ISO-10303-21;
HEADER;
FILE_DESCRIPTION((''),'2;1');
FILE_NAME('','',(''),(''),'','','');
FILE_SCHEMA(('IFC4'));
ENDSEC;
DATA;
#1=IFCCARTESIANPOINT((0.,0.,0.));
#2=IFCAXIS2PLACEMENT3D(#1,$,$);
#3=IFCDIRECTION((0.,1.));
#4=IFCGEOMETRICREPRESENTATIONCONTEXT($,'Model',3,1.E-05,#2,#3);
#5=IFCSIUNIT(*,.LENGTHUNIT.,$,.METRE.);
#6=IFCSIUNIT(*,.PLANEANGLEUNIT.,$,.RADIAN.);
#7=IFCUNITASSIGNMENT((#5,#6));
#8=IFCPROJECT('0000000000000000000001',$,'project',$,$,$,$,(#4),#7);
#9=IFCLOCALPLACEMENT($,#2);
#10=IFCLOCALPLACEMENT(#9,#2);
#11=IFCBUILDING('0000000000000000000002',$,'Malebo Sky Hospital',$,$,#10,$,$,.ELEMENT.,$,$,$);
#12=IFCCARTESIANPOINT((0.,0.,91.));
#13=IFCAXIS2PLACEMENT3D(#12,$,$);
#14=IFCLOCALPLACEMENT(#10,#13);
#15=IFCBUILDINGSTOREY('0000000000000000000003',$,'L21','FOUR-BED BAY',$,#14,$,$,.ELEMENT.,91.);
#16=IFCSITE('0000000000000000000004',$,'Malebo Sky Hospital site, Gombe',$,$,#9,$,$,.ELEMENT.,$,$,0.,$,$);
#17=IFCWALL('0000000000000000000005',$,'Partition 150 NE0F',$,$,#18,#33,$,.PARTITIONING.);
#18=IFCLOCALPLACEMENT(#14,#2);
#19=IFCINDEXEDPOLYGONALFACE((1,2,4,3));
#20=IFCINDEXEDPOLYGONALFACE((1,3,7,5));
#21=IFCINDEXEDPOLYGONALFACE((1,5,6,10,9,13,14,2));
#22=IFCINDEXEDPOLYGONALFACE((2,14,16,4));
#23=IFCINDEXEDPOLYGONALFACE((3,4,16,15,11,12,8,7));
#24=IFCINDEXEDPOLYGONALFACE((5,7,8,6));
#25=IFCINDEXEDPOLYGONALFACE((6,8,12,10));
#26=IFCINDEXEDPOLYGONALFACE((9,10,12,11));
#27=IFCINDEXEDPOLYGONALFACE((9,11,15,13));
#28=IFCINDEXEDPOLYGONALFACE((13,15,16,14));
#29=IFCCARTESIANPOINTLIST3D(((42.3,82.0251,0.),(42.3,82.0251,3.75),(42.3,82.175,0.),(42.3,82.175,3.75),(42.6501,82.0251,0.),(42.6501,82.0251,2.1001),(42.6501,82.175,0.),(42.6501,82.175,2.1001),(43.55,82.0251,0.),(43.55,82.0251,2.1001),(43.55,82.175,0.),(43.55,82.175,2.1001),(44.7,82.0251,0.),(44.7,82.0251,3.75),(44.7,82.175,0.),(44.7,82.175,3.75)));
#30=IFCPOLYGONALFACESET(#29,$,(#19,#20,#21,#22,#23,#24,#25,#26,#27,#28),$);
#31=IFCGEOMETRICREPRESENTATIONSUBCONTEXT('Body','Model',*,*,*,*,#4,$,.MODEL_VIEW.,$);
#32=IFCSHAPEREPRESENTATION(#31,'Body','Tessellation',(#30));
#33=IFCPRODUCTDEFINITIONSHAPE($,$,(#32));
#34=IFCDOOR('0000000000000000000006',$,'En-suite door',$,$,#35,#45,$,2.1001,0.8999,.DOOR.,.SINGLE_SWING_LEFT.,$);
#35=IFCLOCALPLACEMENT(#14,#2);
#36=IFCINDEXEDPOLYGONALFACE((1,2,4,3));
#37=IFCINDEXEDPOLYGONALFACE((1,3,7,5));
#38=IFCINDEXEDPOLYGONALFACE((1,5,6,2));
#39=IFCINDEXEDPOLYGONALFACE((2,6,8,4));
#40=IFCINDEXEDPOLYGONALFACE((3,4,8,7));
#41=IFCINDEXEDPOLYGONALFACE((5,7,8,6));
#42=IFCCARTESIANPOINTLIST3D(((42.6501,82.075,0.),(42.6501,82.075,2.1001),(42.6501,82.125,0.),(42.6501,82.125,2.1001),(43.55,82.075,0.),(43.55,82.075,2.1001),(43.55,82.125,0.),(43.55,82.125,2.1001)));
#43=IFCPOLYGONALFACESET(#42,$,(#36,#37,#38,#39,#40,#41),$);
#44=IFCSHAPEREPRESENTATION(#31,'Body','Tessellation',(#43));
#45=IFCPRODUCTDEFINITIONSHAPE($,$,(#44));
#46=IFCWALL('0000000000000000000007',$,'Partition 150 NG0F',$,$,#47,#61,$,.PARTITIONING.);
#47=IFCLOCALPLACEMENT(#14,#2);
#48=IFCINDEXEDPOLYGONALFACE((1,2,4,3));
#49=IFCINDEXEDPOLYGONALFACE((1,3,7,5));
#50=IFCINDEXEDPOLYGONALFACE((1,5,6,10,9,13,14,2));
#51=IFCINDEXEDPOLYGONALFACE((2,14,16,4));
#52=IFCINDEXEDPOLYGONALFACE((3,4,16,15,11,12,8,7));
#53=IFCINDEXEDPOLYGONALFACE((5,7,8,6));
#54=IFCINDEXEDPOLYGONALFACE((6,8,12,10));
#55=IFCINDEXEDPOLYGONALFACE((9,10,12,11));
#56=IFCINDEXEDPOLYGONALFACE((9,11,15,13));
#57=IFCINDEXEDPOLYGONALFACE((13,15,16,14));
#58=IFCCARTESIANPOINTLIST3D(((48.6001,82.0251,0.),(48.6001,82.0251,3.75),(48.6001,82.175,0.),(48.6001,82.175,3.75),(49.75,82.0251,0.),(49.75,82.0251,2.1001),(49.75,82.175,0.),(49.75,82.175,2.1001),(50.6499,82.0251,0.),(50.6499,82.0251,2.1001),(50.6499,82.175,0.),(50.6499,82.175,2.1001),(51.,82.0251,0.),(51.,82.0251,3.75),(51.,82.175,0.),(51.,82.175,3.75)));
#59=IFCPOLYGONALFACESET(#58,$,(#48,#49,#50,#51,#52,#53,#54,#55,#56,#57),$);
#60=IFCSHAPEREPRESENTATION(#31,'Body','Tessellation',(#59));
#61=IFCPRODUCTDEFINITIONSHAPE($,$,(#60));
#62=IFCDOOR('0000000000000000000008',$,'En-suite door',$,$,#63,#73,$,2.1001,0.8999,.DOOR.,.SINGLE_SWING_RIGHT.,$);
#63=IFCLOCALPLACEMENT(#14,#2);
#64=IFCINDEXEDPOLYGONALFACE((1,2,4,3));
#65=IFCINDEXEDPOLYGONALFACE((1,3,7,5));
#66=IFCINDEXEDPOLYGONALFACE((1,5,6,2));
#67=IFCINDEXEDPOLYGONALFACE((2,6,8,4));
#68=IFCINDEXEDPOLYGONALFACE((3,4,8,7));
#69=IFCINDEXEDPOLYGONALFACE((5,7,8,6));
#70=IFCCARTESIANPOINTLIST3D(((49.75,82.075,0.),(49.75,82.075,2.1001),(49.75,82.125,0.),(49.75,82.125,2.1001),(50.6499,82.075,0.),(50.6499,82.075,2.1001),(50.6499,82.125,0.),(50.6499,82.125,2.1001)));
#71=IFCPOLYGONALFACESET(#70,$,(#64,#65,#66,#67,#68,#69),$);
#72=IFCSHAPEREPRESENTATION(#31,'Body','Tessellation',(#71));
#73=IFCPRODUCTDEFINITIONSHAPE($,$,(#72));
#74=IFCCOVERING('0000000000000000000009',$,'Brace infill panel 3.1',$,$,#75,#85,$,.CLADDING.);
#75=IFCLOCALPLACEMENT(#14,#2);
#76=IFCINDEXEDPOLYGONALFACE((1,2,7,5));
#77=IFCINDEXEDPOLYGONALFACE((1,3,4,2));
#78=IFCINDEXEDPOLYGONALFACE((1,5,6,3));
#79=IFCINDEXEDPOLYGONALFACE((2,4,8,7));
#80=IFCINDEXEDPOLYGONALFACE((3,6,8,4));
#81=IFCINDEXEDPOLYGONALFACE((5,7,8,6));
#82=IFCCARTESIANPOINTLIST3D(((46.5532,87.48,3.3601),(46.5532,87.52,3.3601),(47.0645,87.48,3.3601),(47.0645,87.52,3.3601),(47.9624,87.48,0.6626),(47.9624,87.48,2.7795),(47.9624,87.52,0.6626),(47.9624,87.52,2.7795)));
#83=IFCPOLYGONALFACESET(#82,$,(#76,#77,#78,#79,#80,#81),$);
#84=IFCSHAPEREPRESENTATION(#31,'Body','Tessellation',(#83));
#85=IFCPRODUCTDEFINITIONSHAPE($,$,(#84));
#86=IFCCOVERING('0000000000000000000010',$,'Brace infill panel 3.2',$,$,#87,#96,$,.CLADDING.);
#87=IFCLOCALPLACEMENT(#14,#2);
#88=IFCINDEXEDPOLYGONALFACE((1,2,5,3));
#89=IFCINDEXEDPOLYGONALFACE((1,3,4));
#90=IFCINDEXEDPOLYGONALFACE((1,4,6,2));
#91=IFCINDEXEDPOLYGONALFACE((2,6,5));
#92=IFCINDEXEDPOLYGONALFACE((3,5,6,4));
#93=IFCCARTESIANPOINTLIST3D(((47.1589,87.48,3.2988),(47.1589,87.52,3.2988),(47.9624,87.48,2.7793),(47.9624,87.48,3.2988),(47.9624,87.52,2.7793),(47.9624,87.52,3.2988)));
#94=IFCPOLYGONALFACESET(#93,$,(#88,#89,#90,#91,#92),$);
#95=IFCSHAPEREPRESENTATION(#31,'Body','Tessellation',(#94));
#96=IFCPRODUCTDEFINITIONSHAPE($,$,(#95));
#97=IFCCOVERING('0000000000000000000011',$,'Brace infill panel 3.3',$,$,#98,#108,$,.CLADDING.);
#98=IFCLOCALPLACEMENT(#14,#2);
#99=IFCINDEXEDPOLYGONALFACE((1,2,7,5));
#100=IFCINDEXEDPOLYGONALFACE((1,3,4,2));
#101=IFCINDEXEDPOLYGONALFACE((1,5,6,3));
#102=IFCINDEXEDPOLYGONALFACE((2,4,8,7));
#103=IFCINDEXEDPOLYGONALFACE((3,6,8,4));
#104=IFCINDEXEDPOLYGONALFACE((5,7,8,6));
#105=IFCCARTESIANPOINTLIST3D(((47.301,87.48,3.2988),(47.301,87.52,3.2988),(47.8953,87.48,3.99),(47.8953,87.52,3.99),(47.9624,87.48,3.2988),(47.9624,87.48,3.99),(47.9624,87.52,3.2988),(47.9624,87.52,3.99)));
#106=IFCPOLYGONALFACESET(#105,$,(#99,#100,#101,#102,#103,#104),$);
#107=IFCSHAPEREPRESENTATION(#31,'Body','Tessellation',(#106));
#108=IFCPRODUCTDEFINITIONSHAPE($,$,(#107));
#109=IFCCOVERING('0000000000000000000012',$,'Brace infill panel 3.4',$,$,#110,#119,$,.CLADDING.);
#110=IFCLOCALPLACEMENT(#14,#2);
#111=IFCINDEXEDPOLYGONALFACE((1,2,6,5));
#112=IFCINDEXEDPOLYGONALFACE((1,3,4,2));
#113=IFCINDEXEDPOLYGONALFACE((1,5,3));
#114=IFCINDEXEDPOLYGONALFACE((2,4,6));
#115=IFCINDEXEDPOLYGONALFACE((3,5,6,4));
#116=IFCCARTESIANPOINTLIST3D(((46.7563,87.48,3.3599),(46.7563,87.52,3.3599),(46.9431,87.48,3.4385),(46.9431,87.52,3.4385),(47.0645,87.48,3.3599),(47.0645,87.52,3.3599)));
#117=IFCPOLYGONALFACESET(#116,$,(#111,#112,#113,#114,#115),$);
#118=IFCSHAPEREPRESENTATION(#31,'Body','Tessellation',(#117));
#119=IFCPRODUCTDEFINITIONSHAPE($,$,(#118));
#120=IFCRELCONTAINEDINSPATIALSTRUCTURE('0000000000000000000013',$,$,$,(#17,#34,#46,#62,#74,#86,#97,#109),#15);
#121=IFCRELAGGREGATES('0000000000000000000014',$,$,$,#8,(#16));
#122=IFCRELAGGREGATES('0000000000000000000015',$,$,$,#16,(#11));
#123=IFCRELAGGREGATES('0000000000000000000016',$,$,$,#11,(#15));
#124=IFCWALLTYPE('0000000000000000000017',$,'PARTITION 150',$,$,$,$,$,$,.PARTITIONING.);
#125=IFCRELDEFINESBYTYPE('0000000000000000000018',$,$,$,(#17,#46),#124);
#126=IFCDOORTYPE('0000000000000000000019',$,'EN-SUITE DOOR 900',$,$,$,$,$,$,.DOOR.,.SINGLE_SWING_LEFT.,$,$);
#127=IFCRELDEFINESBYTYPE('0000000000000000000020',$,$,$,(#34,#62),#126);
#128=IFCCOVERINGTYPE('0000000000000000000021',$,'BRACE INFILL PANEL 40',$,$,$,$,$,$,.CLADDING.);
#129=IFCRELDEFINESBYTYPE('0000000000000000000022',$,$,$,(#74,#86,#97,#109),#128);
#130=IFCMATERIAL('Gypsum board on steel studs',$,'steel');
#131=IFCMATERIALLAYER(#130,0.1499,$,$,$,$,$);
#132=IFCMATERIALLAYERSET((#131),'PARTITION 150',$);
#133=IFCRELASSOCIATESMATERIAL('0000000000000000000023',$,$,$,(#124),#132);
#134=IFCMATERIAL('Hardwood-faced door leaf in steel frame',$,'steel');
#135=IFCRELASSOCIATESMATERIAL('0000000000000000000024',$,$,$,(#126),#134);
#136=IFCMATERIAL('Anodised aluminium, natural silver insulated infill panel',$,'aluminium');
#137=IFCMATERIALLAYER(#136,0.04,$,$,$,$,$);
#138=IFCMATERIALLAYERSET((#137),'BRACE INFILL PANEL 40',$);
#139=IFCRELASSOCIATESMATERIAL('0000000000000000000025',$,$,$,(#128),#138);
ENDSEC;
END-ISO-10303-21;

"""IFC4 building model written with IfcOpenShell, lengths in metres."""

from ifc_helpers import new_model, si_unit, direction, frame, frame_2d, origin, place, context, subcontext, project, spatial, polyline, rectangle, outline, extrude, material, layer, layer_set, type_object, element, fill, save


model = new_model("IFC4")

# Units and contexts
model_context = context("Model", 3, precision=1e-05, world=origin(), true_north=direction((0.0, 1.0)))
body_context = subcontext(model_context, "Body", "Model", "MODEL_VIEW")
ifc_project = project(units=[si_unit("LENGTHUNIT", "METRE"), si_unit("PLANEANGLEUNIT", "RADIAN")], contexts=[model_context])

# Site, building, storey
site_placement = place(None, origin())
site = spatial("IfcSite", under=ifc_project, at=site_placement, Name="Malebo Sky Hospital site, Gombe", CompositionType="ELEMENT", RefElevation=0.0)
building_placement = place(site_placement, origin())
building = spatial("IfcBuilding", under=site, at=building_placement, Name="Malebo Sky Hospital", CompositionType="ELEMENT")
storey_placement = place(building_placement, frame((0.0, 0.0, 91.0)))
storey = spatial("IfcBuildingStorey", under=building, at=storey_placement, Name="L21", Description="FOUR-BED BAY", CompositionType="ELEMENT", Elevation=91.0)

# Shared definitions
ifc_material_1 = material(Name="Gypsum board on steel studs", Category="steel")
ifc_layer_1 = layer(ifc_material_1, 0.1499)
ifc_layer_set_1 = layer_set([ifc_layer_1], Name="PARTITION 150")
wall_type = type_object("IfcWallType", Name="PARTITION 150", PredefinedType="PARTITIONING", material=ifc_layer_set_1)

# Walls, openings, doors
wall_1_placement = place(storey_placement, frame((42.3, 82.1001, 0.0), z_axis=(0.0, 0.0, 1.0), x_axis=(1.0, 0.0, 0.0)))
wall_1 = element("IfcWall", 1, at=wall_1_placement, inside=storey, type_object=wall_type, Name="Partition 150 NE0F", PredefinedType="PARTITIONING", context=body_context, shape_type="SweptSolid", body=[
    extrude(rectangle(XDim=2.3999, YDim=0.1499, at=frame_2d((1.2, 0.0))), origin(), (0.0, 0.0, 1.0), 3.75),
])
opening_1_placement = place(wall_1_placement, frame((0.3501, 0.0, 0.0)))
opening_1 = element("IfcOpeningElement", 2, at=opening_1_placement, cuts=wall_1, PredefinedType="OPENING", context=body_context, shape_type="SweptSolid", body=[
    extrude(rectangle(XDim=0.8999, YDim=2.1001, at=frame_2d((0.45, 1.05))), frame((0.0, 0.085, 0.0), z_axis=(0.0, -1.0, 0.0), x_axis=(1.0, 0.0, 0.0)), (0.0, 0.0, 1.0), 0.1699),
])
ifc_material_2 = material(Name="Hardwood-faced door leaf in steel frame", Category="steel")
door_type = type_object("IfcDoorType", Name="EN-SUITE DOOR 900", OperationType="SINGLE_SWING_LEFT", PredefinedType="DOOR", material=ifc_material_2)
door_1_placement = place(opening_1_placement, origin())
door_1 = element("IfcDoor", 3, at=door_1_placement, inside=storey, type_object=door_type, Name="En-suite door", OperationType="SINGLE_SWING_LEFT", OverallHeight=2.1001, OverallWidth=0.8999, PredefinedType="DOOR", context=body_context, shape_type="SweptSolid", body=[
    extrude(rectangle(XDim=0.8999, YDim=2.1001, at=frame_2d((0.45, 1.05))), frame((0.0, 0.0249, 0.0), z_axis=(0.0, -1.0, 0.0), x_axis=(1.0, 0.0, 0.0)), (0.0, 0.0, 1.0), 0.05),
])
fill(opening_1, door_1)
wall_2_placement = place(storey_placement, frame((48.6001, 82.1001, 0.0), z_axis=(0.0, 0.0, 1.0), x_axis=(1.0, 0.0, 0.0)))
wall_2 = element("IfcWall", 4, at=wall_2_placement, inside=storey, type_object=wall_type, Name="Partition 150 NG0F", PredefinedType="PARTITIONING", context=body_context, shape_type="SweptSolid", body=[
    extrude(rectangle(XDim=2.3999, YDim=0.1499, at=frame_2d((1.2, 0.0))), origin(), (0.0, 0.0, 1.0), 3.75),
])
opening_2_placement = place(wall_2_placement, frame((1.1499, 0.0, 0.0)))
opening_2 = element("IfcOpeningElement", 5, at=opening_2_placement, cuts=wall_2, PredefinedType="OPENING", context=body_context, shape_type="SweptSolid", body=[
    extrude(rectangle(XDim=0.8999, YDim=2.1001, at=frame_2d((0.45, 1.05))), frame((0.0, 0.085, 0.0), z_axis=(0.0, -1.0, 0.0), x_axis=(1.0, 0.0, 0.0)), (0.0, 0.0, 1.0), 0.1699),
])
door_2_placement = place(opening_2_placement, origin())
door_2 = element("IfcDoor", 6, at=door_2_placement, inside=storey, type_object=door_type, Name="En-suite door", OperationType="SINGLE_SWING_RIGHT", OverallHeight=2.1001, OverallWidth=0.8999, PredefinedType="DOOR", context=body_context, shape_type="SweptSolid", body=[
    extrude(rectangle(XDim=0.8999, YDim=2.1001, at=frame_2d((0.45, 1.05))), frame((0.0, 0.0249, 0.0), z_axis=(0.0, -1.0, 0.0), x_axis=(1.0, 0.0, 0.0)), (0.0, 0.0, 1.0), 0.05),
])
fill(opening_2, door_2)

# Coverings
ifc_material_3 = material(Name="Anodised aluminium, natural silver insulated infill panel", Category="aluminium")
ifc_layer_2 = layer(ifc_material_3, 0.04)
ifc_layer_set_2 = layer_set([ifc_layer_2], Name="BRACE INFILL PANEL 40")
covering_type = type_object("IfcCoveringType", Name="BRACE INFILL PANEL 40", PredefinedType="CLADDING", material=ifc_layer_set_2)
covering_1_placement = place(storey_placement, frame((47.2578, 87.5, 0.6626), z_axis=(0.0, 0.0, 1.0), x_axis=(1.0, 0.0, 0.0)))
element("IfcCovering", 7, at=covering_1_placement, inside=storey, type_object=covering_type, Name="Brace infill panel 3.1", PredefinedType="CLADDING", context=body_context, shape_type="SweptSolid", body=[
    extrude(outline(polyline([(0.7046, 0.0), (0.7046, 2.1169), (-0.1934, 2.6975), (-0.7046, 2.6975), (0.7046, 0.0)])), frame((0.0, 0.02, 0.0), z_axis=(0.0, -1.0, 0.0), x_axis=(1.0, 0.0, 0.0)), (0.0, 0.0, 1.0), 0.04),
])
covering_2_placement = place(storey_placement, frame((47.5608, 87.5, 2.7793), z_axis=(0.0, 0.0, 1.0), x_axis=(1.0, 0.0, 0.0)))
element("IfcCovering", 8, at=covering_2_placement, inside=storey, type_object=covering_type, Name="Brace infill panel 3.2", PredefinedType="CLADDING", context=body_context, shape_type="SweptSolid", body=[
    extrude(outline(polyline([(0.4016, 0.0), (0.4016, 0.5195), (-0.4019, 0.5195), (0.4016, 0.0)])), frame((0.0, 0.02, 0.0), z_axis=(0.0, -1.0, 0.0), x_axis=(1.0, 0.0, 0.0)), (0.0, 0.0, 1.0), 0.04),
])
covering_3_placement = place(storey_placement, frame((47.6318, 87.5, 3.2988), z_axis=(0.0, 0.0, 1.0), x_axis=(1.0, 0.0, 0.0)))
element("IfcCovering", 9, at=covering_3_placement, inside=storey, type_object=covering_type, Name="Brace infill panel 3.3", PredefinedType="CLADDING", context=body_context, shape_type="SweptSolid", body=[
    extrude(outline(polyline([(-0.3308, 0.0), (0.3306, 0.0), (0.3306, 0.6912), (0.2634, 0.6912), (-0.3308, 0.0)])), frame((0.0, 0.02, 0.0), z_axis=(0.0, -1.0, 0.0), x_axis=(1.0, 0.0, 0.0)), (0.0, 0.0, 1.0), 0.04),
])
covering_4_placement = place(storey_placement, frame((46.9104, 87.5, 3.3599), z_axis=(0.0, 0.0, 1.0), x_axis=(1.0, 0.0, 0.0)))
element("IfcCovering", 10, at=covering_4_placement, inside=storey, type_object=covering_type, Name="Brace infill panel 3.4", PredefinedType="CLADDING", context=body_context, shape_type="SweptSolid", body=[
    extrude(outline(polyline([(-0.1541, 0.0), (0.1541, 0.0), (0.0327, 0.0786), (-0.1541, 0.0)])), frame((0.0, 0.02, 0.0), z_axis=(0.0, -1.0, 0.0), x_axis=(1.0, 0.0, 0.0)), (0.0, 0.0, 1.0), 0.04),
])

save(model, "model.ifc")
